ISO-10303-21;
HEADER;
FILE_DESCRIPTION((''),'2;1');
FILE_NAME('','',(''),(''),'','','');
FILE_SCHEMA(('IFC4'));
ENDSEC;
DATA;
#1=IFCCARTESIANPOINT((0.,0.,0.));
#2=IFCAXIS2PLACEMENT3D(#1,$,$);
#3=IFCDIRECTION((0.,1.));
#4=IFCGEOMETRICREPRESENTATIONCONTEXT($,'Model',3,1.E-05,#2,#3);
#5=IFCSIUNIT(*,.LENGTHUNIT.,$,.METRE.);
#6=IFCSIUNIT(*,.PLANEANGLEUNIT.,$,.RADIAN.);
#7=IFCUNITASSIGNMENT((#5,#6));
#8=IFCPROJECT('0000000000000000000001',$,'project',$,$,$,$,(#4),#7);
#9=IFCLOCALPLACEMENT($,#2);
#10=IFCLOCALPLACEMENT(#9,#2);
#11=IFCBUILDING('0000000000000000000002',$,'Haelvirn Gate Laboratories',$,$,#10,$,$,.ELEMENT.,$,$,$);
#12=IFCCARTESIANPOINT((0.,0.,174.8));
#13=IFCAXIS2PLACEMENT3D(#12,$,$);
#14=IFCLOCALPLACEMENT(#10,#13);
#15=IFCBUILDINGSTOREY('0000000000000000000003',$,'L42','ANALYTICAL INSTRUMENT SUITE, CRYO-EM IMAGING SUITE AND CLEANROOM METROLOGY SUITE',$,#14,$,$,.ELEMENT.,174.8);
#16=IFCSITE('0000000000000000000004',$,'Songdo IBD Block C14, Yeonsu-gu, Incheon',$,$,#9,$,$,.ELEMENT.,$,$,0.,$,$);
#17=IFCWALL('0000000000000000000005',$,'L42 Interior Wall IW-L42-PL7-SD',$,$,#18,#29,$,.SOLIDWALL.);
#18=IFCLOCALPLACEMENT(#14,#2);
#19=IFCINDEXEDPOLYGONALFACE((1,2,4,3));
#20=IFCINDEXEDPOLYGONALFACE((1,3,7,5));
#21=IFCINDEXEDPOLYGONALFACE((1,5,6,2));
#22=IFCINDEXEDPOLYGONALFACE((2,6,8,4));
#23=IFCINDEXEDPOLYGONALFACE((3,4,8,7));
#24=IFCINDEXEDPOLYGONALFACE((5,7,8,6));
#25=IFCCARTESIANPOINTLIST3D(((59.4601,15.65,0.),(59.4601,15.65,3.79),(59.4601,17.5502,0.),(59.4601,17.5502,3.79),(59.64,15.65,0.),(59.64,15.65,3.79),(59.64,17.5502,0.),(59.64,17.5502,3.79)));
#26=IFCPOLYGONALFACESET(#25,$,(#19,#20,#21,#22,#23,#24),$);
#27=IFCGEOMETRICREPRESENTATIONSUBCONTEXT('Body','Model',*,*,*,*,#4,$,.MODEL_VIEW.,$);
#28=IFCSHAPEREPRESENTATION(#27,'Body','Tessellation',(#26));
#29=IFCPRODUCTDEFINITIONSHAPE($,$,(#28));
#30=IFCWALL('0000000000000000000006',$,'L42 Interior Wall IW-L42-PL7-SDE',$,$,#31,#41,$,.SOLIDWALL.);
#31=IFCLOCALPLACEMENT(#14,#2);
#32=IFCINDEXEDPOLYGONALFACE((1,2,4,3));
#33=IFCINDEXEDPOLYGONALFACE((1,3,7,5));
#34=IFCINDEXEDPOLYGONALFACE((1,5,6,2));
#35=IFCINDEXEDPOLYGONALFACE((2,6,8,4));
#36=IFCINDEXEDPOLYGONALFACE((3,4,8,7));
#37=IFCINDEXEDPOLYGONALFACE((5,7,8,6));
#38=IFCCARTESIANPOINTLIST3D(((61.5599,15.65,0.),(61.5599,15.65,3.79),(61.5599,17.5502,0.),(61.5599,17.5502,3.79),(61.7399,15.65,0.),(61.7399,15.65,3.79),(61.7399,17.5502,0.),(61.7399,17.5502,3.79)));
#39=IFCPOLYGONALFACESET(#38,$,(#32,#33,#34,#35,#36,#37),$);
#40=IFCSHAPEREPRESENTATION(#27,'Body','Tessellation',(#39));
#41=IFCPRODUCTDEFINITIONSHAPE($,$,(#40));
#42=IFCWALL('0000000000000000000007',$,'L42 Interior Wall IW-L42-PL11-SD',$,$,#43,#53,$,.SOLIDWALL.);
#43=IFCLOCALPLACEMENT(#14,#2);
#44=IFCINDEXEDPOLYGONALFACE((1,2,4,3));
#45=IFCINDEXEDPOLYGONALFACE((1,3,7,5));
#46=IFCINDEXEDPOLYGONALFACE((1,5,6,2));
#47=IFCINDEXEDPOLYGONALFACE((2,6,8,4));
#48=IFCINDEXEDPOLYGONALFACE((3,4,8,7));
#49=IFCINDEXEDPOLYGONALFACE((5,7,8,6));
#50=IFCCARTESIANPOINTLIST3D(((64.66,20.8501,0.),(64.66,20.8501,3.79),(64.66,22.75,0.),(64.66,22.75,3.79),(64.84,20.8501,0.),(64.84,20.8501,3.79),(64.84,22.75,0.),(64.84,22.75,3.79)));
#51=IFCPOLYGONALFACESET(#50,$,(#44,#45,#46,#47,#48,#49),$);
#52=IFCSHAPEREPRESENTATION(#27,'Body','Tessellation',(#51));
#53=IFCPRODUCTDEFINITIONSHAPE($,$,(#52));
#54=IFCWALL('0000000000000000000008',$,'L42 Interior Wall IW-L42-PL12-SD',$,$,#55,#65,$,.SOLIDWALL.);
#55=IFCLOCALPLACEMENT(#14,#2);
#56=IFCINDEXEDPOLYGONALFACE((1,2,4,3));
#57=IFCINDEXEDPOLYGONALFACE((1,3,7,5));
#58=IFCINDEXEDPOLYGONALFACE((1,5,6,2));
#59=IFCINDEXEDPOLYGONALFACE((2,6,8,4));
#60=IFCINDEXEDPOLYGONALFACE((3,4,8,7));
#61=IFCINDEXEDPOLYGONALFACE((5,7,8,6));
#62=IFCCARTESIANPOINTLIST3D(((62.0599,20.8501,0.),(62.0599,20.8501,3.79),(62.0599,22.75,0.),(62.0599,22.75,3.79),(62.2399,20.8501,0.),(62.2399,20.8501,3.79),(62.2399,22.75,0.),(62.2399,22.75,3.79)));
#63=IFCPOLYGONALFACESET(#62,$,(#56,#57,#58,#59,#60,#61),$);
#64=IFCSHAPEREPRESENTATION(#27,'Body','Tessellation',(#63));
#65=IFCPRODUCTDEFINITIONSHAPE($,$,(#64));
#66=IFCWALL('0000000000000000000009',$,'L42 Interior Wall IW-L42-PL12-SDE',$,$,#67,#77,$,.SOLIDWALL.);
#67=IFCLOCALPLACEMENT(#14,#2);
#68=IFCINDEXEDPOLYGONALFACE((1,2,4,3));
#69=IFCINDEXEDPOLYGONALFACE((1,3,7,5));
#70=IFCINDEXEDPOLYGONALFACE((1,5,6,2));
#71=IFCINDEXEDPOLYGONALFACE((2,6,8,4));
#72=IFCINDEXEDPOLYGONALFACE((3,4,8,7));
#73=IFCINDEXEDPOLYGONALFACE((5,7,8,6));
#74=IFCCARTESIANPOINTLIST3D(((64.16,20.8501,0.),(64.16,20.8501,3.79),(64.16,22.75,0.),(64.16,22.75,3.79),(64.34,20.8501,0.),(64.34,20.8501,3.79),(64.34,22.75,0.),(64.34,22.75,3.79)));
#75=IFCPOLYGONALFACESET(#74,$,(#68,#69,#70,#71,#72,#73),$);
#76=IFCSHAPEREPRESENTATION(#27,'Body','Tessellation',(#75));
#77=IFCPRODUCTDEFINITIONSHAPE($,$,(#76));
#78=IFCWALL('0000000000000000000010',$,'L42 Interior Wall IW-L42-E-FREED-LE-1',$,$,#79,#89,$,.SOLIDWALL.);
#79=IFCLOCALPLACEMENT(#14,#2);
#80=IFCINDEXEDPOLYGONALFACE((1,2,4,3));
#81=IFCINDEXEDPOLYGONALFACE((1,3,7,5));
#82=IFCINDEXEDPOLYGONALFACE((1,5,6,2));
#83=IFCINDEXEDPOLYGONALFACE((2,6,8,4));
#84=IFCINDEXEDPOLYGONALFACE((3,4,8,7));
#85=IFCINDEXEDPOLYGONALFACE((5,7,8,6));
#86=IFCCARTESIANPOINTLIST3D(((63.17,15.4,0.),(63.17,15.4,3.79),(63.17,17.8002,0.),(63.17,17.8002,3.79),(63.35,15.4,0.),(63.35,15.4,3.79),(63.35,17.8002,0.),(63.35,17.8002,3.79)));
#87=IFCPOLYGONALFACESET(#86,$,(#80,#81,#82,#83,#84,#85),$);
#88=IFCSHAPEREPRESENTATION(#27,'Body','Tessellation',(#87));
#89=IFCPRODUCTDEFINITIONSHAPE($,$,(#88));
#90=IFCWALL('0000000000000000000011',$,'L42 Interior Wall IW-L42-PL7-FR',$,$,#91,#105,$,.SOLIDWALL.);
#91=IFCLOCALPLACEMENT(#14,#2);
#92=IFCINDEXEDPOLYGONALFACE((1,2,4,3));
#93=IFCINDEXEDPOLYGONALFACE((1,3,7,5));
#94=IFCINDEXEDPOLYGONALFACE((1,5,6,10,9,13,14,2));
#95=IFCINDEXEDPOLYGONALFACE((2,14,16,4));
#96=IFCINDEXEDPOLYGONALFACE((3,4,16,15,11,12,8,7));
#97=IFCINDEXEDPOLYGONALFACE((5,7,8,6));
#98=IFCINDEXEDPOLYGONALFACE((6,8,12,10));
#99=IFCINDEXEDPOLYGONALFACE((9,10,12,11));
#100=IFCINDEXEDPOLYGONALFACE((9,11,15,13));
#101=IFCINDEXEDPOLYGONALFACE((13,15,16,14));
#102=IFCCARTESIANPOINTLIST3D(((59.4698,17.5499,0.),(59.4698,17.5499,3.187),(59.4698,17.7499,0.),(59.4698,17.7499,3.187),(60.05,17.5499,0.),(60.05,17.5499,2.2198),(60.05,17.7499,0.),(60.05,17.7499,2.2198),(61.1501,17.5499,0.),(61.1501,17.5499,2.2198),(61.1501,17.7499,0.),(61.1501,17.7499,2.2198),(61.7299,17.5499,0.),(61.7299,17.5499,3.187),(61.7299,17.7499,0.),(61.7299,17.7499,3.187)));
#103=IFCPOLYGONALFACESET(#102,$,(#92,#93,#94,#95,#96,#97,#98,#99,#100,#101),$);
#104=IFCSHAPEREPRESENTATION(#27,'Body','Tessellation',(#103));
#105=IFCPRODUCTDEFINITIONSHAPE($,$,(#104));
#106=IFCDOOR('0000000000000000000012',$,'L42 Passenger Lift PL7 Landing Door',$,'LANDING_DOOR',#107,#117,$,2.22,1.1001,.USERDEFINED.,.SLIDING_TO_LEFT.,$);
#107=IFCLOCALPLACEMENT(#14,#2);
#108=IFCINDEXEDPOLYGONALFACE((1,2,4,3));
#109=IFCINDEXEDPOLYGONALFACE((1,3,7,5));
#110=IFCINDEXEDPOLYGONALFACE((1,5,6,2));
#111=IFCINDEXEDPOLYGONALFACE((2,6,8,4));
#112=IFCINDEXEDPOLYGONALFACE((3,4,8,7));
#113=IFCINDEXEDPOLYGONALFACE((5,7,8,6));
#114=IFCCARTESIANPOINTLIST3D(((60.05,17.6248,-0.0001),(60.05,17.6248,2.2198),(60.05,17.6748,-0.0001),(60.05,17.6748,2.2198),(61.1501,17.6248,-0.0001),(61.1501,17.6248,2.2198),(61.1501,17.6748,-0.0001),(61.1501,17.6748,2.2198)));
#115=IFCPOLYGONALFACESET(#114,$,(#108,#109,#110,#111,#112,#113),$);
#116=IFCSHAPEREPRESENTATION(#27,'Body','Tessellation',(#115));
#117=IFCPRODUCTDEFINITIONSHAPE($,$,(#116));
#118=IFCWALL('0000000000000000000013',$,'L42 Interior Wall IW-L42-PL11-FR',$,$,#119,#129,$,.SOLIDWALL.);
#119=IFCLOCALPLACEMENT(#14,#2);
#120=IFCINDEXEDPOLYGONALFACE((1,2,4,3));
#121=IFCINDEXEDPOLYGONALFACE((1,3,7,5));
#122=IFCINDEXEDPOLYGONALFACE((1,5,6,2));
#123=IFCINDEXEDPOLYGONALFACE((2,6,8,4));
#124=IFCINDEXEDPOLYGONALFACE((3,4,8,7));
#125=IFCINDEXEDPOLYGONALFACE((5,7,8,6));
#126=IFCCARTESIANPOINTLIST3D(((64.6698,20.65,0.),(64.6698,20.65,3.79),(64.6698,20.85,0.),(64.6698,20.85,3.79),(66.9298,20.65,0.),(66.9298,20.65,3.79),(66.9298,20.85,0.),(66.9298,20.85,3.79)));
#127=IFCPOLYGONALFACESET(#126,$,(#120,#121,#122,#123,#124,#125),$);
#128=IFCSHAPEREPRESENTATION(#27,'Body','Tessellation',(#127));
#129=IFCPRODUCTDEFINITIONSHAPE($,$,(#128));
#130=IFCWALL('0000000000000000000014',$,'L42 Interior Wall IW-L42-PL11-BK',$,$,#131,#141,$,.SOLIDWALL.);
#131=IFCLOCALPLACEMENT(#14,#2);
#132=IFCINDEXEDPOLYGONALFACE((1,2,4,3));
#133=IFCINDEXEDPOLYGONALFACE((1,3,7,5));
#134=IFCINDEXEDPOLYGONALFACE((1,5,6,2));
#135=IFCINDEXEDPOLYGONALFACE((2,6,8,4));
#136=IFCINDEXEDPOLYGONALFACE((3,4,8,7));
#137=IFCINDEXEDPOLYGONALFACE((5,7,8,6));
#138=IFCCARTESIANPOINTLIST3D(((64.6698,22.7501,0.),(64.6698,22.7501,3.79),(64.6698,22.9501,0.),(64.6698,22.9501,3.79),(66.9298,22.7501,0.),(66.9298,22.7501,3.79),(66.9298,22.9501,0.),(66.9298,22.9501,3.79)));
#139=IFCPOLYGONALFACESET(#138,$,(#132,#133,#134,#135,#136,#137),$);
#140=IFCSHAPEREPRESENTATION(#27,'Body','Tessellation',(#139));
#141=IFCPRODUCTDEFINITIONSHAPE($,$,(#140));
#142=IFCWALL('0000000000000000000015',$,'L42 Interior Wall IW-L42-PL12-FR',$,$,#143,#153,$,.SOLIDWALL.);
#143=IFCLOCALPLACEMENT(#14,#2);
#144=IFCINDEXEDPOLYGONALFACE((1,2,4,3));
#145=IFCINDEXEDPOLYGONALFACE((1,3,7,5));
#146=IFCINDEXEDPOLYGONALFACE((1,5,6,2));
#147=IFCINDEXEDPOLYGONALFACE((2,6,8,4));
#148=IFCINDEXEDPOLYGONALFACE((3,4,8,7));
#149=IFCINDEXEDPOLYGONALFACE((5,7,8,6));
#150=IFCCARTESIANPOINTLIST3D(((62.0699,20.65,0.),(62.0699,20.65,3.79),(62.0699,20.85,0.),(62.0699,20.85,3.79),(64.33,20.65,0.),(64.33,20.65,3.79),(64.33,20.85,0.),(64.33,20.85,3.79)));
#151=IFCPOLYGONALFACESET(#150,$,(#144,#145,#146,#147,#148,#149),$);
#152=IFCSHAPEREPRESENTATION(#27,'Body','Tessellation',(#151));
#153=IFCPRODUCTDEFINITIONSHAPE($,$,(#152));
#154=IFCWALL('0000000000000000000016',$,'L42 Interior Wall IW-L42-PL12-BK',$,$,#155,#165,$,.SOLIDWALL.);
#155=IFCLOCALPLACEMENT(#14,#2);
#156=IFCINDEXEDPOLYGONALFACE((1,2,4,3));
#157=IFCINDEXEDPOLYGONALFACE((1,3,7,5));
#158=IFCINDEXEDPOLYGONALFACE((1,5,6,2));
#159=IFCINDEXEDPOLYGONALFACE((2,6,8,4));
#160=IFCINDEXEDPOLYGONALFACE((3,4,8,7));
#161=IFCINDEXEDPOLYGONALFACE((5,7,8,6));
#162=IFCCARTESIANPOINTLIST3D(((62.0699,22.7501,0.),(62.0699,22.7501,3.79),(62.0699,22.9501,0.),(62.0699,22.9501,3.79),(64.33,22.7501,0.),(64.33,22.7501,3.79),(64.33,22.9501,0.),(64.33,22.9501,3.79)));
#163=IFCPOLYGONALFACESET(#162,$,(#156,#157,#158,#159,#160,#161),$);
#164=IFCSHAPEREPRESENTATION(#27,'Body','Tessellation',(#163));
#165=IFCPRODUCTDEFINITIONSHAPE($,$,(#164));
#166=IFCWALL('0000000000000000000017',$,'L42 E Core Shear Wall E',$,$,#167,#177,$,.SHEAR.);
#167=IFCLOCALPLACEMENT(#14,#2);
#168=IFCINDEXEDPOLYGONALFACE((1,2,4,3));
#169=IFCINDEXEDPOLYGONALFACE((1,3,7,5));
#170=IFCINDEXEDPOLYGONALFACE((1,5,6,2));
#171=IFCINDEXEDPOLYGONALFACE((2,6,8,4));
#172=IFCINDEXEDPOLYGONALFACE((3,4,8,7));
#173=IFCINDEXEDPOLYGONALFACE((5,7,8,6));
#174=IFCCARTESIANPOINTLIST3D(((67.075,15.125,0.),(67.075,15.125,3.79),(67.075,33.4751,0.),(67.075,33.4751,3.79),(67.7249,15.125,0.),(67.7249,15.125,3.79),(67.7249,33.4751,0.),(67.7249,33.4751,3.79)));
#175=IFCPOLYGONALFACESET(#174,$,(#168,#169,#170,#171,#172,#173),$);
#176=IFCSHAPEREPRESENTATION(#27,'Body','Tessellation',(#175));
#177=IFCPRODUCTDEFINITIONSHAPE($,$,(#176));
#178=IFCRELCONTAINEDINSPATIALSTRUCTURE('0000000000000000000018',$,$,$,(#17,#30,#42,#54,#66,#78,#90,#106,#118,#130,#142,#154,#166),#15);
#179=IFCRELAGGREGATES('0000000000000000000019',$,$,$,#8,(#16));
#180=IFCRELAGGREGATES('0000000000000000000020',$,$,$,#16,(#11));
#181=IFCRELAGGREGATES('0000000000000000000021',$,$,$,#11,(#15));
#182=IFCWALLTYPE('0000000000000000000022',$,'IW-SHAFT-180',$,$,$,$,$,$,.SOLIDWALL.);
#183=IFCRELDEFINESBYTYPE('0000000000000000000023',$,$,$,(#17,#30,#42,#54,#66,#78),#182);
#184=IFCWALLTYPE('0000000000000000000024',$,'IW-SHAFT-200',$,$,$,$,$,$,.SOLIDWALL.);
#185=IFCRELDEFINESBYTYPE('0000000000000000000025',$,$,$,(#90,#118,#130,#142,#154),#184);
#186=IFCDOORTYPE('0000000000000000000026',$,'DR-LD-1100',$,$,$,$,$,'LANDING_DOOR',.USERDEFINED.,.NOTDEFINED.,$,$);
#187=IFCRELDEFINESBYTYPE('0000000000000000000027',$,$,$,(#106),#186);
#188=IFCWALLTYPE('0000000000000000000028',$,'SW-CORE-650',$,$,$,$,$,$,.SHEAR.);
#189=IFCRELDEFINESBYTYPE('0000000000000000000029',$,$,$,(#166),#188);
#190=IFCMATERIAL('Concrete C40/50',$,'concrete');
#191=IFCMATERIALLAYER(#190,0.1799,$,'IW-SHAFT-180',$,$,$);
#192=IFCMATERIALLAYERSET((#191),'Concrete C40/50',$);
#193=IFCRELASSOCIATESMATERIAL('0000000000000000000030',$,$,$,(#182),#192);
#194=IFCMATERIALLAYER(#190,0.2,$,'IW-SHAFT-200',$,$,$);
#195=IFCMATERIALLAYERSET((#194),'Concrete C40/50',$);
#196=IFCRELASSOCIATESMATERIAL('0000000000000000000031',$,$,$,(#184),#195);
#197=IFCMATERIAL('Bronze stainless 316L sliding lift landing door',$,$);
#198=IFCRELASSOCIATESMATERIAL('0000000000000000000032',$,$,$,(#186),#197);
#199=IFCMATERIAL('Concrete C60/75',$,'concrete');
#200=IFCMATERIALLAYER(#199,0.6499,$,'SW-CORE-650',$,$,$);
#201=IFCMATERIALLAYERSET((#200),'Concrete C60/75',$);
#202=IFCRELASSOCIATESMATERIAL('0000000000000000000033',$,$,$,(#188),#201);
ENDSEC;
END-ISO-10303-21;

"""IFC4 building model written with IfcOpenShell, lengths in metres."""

from ifc_helpers import new_model, si_unit, direction, frame, frame_2d, origin, place, context, subcontext, project, spatial, rectangle, extrude, source, transform, mapped, material, layer, layer_set, type_object, type_shapes, element, fill, save


model = new_model("IFC4")

# Units and contexts
model_context = context("Model", 3, precision=1e-05, world=origin(), true_north=direction((0.0, 1.0)))
body_context = subcontext(model_context, "Body", "Model", "MODEL_VIEW")
ifc_project = project(units=[si_unit("LENGTHUNIT", "METRE"), si_unit("PLANEANGLEUNIT", "RADIAN")], contexts=[model_context])

# Site, building, storey
site_placement = place(None, origin())
site = spatial("IfcSite", under=ifc_project, at=site_placement, Name="Songdo IBD Block C14, Yeonsu-gu, Incheon", CompositionType="ELEMENT", RefElevation=0.0)
building_placement = place(site_placement, origin())
building = spatial("IfcBuilding", under=site, at=building_placement, Name="Haelvirn Gate Laboratories", CompositionType="ELEMENT")
storey_placement = place(building_placement, frame((0.0, 0.0, 174.8)))
storey = spatial("IfcBuildingStorey", under=building, at=storey_placement, Name="L42", Description="ANALYTICAL INSTRUMENT SUITE, CRYO-EM IMAGING SUITE AND CLEANROOM METROLOGY SUITE", CompositionType="ELEMENT", Elevation=174.8)

# Shared definitions
ifc_material_1 = material(Name="Concrete C60/75", Category="concrete")

# Walls
ifc_material_2 = material(Name="Concrete C40/50", Category="concrete")
ifc_layer_1 = layer(ifc_material_2, 0.1799, Name="IW-SHAFT-180")
ifc_layer_set_1 = layer_set([ifc_layer_1], Name="Concrete C40/50")
wall_type_1 = type_object("IfcWallType", Name="IW-SHAFT-180", PredefinedType="SOLIDWALL", material=ifc_layer_set_1)
for number, where, z_axis, x_axis, name in (
    (1, (59.55, 15.6499, 0.0), (0.0, 0.0, 1.0), (0.0, 1.0, 0.0), "L42 Interior Wall IW-L42-PL7-SD"),
    (2, (61.6499, 15.6499, 0.0), (0.0, 0.0, 1.0), (0.0, 1.0, 0.0), "L42 Interior Wall IW-L42-PL7-SDE"),
):
    element("IfcWall", number, at=place(storey_placement, frame(where, z_axis=z_axis, x_axis=x_axis)), inside=storey, type_object=wall_type_1, Name=name, PredefinedType="SOLIDWALL", context=body_context, shape_type="SweptSolid", body=[
        extrude(rectangle(XDim=1.9001, YDim=0.1799, at=frame_2d((0.9502, 0.0))), origin(), (0.0, 0.0, 1.0), 3.79),
    ])
for number, where, z_axis, x_axis, name in (
    (3, (64.75, 20.8501, 0.0), (0.0, 0.0, 1.0), (0.0, 1.0, 0.0), "L42 Interior Wall IW-L42-PL11-SD"),
    (4, (62.1499, 20.8501, 0.0), (0.0, 0.0, 1.0), (0.0, 1.0, 0.0), "L42 Interior Wall IW-L42-PL12-SD"),
    (5, (64.25, 20.8501, 0.0), (0.0, 0.0, 1.0), (0.0, 1.0, 0.0), "L42 Interior Wall IW-L42-PL12-SDE"),
):
    element("IfcWall", number, at=place(storey_placement, frame(where, z_axis=z_axis, x_axis=x_axis)), inside=storey, type_object=wall_type_1, Name=name, PredefinedType="SOLIDWALL", context=body_context, shape_type="SweptSolid", body=[
        extrude(rectangle(XDim=1.8999, YDim=0.1799, at=frame_2d((0.95, 0.0))), origin(), (0.0, 0.0, 1.0), 3.79),
    ])

# Wall
wall_1_placement = place(storey_placement, frame((63.26, 15.3999, 0.0), z_axis=(0.0, 0.0, 1.0), x_axis=(0.0, 1.0, 0.0)))
element("IfcWall", 6, at=wall_1_placement, inside=storey, type_object=wall_type_1, Name="L42 Interior Wall IW-L42-E-FREED-LE-1", PredefinedType="SOLIDWALL", context=body_context, shape_type="SweptSolid", body=[
    extrude(rectangle(XDim=2.4001, YDim=0.1799, at=frame_2d((1.2002, 0.0))), origin(), (0.0, 0.0, 1.0), 3.79),
])

# Wall, opening, door
ifc_layer_2 = layer(ifc_material_2, 0.2, Name="IW-SHAFT-200")
ifc_layer_set_2 = layer_set([ifc_layer_2], Name="Concrete C40/50")
wall_type_2 = type_object("IfcWallType", Name="IW-SHAFT-200", PredefinedType="SOLIDWALL", material=ifc_layer_set_2)
wall_2_placement = place(storey_placement, frame((59.47, 17.6499, 0.0), z_axis=(0.0, 0.0, 1.0), x_axis=(1.0, 0.0, 0.0)))
wall_2 = element("IfcWall", 7, at=wall_2_placement, inside=storey, type_object=wall_type_2, Name="L42 Interior Wall IW-L42-PL7-FR", PredefinedType="SOLIDWALL", context=body_context, shape_type="SweptSolid", body=[
    extrude(rectangle(XDim=2.26, YDim=0.2, at=frame_2d((1.1299, 0.0))), origin(), (0.0, 0.0, 1.0), 3.187),
])
opening_1_placement = place(wall_2_placement, frame((0.5801, 0.0, 0.0)))
opening_1 = element("IfcOpeningElement", 8, at=opening_1_placement, cuts=wall_2, PredefinedType="OPENING", context=body_context, shape_type="SweptSolid", body=[
    extrude(rectangle(XDim=1.1001, YDim=2.22, at=frame_2d((0.55, 1.1099))), frame((0.0, 0.1099, 0.0), z_axis=(0.0, -1.0, 0.0), x_axis=(1.0, 0.0, 0.0)), (0.0, 0.0, 1.0), 0.22),
])
ifc_material_3 = material(Name="Bronze stainless 316L sliding lift landing door")
door_type_1 = type_object("IfcDoorType", Name="DR-LD-1100", ElementType="LANDING_DOOR", OperationType="NOTDEFINED", PredefinedType="USERDEFINED", material=ifc_material_3)
shared_shape_1 = source(origin(), body_context, "Body", "SweptSolid", [
    extrude(rectangle(XDim=1.1001, YDim=2.22, at=frame_2d((0.55, 1.1099))), frame((0.0, 0.0249, 0.0), z_axis=(0.0, -1.0, 0.0), x_axis=(1.0, 0.0, 0.0)), (0.0, 0.0, 1.0), 0.05),
])
type_shapes(door_type_1, [shared_shape_1])
door_1_placement = place(opening_1_placement, origin())
door_1 = element("IfcDoor", 9, at=door_1_placement, inside=storey, type_object=door_type_1, Name="L42 Passenger Lift PL7 Landing Door", ObjectType="LANDING_DOOR", OperationType="SLIDING_TO_LEFT", OverallHeight=2.22, OverallWidth=1.1001, PredefinedType="USERDEFINED", context=body_context, shape_type="MappedRepresentation", body=[
    mapped(shared_shape_1, transform((0.0, 0.0, 0.0), scale=1.0)),
])
fill(opening_1, door_1)

# Walls
for number, where, z_axis, x_axis, name in (
    (10, (64.6699, 20.75, 0.0), (0.0, 0.0, 1.0), (1.0, 0.0, 0.0), "L42 Interior Wall IW-L42-PL11-FR"),
    (11, (64.6699, 22.8501, 0.0), (0.0, 0.0, 1.0), (1.0, 0.0, 0.0), "L42 Interior Wall IW-L42-PL11-BK"),
    (12, (62.0701, 20.75, 0.0), (0.0, 0.0, 1.0), (1.0, 0.0, 0.0), "L42 Interior Wall IW-L42-PL12-FR"),
    (13, (62.0701, 22.8501, 0.0), (0.0, 0.0, 1.0), (1.0, 0.0, 0.0), "L42 Interior Wall IW-L42-PL12-BK"),
):
    element("IfcWall", number, at=place(storey_placement, frame(where, z_axis=z_axis, x_axis=x_axis)), inside=storey, type_object=wall_type_2, Name=name, PredefinedType="SOLIDWALL", context=body_context, shape_type="SweptSolid", body=[
        extrude(rectangle(XDim=2.26, YDim=0.2, at=frame_2d((1.1299, 0.0))), origin(), (0.0, 0.0, 1.0), 3.79),
    ])
ifc_layer_3 = layer(ifc_material_1, 0.6499, Name="SW-CORE-650")
ifc_layer_set_3 = layer_set([ifc_layer_3], Name="Concrete C60/75")
wall_type_3 = type_object("IfcWallType", Name="SW-CORE-650", PredefinedType="SHEAR", material=ifc_layer_set_3)
wall_3_placement = place(storey_placement, frame((67.3999, 15.125, 0.0), z_axis=(0.0, 0.0, 1.0), x_axis=(0.0, 1.0, 0.0)))
element("IfcWall", 14, at=wall_3_placement, inside=storey, type_object=wall_type_3, Name="L42 E Core Shear Wall E", PredefinedType="SHEAR", context=body_context, shape_type="SweptSolid", body=[
    extrude(rectangle(XDim=18.3501, YDim=0.6499, at=frame_2d((9.175, 0.0))), origin(), (0.0, 0.0, 1.0), 3.79),
])

save(model, "model.ifc")
